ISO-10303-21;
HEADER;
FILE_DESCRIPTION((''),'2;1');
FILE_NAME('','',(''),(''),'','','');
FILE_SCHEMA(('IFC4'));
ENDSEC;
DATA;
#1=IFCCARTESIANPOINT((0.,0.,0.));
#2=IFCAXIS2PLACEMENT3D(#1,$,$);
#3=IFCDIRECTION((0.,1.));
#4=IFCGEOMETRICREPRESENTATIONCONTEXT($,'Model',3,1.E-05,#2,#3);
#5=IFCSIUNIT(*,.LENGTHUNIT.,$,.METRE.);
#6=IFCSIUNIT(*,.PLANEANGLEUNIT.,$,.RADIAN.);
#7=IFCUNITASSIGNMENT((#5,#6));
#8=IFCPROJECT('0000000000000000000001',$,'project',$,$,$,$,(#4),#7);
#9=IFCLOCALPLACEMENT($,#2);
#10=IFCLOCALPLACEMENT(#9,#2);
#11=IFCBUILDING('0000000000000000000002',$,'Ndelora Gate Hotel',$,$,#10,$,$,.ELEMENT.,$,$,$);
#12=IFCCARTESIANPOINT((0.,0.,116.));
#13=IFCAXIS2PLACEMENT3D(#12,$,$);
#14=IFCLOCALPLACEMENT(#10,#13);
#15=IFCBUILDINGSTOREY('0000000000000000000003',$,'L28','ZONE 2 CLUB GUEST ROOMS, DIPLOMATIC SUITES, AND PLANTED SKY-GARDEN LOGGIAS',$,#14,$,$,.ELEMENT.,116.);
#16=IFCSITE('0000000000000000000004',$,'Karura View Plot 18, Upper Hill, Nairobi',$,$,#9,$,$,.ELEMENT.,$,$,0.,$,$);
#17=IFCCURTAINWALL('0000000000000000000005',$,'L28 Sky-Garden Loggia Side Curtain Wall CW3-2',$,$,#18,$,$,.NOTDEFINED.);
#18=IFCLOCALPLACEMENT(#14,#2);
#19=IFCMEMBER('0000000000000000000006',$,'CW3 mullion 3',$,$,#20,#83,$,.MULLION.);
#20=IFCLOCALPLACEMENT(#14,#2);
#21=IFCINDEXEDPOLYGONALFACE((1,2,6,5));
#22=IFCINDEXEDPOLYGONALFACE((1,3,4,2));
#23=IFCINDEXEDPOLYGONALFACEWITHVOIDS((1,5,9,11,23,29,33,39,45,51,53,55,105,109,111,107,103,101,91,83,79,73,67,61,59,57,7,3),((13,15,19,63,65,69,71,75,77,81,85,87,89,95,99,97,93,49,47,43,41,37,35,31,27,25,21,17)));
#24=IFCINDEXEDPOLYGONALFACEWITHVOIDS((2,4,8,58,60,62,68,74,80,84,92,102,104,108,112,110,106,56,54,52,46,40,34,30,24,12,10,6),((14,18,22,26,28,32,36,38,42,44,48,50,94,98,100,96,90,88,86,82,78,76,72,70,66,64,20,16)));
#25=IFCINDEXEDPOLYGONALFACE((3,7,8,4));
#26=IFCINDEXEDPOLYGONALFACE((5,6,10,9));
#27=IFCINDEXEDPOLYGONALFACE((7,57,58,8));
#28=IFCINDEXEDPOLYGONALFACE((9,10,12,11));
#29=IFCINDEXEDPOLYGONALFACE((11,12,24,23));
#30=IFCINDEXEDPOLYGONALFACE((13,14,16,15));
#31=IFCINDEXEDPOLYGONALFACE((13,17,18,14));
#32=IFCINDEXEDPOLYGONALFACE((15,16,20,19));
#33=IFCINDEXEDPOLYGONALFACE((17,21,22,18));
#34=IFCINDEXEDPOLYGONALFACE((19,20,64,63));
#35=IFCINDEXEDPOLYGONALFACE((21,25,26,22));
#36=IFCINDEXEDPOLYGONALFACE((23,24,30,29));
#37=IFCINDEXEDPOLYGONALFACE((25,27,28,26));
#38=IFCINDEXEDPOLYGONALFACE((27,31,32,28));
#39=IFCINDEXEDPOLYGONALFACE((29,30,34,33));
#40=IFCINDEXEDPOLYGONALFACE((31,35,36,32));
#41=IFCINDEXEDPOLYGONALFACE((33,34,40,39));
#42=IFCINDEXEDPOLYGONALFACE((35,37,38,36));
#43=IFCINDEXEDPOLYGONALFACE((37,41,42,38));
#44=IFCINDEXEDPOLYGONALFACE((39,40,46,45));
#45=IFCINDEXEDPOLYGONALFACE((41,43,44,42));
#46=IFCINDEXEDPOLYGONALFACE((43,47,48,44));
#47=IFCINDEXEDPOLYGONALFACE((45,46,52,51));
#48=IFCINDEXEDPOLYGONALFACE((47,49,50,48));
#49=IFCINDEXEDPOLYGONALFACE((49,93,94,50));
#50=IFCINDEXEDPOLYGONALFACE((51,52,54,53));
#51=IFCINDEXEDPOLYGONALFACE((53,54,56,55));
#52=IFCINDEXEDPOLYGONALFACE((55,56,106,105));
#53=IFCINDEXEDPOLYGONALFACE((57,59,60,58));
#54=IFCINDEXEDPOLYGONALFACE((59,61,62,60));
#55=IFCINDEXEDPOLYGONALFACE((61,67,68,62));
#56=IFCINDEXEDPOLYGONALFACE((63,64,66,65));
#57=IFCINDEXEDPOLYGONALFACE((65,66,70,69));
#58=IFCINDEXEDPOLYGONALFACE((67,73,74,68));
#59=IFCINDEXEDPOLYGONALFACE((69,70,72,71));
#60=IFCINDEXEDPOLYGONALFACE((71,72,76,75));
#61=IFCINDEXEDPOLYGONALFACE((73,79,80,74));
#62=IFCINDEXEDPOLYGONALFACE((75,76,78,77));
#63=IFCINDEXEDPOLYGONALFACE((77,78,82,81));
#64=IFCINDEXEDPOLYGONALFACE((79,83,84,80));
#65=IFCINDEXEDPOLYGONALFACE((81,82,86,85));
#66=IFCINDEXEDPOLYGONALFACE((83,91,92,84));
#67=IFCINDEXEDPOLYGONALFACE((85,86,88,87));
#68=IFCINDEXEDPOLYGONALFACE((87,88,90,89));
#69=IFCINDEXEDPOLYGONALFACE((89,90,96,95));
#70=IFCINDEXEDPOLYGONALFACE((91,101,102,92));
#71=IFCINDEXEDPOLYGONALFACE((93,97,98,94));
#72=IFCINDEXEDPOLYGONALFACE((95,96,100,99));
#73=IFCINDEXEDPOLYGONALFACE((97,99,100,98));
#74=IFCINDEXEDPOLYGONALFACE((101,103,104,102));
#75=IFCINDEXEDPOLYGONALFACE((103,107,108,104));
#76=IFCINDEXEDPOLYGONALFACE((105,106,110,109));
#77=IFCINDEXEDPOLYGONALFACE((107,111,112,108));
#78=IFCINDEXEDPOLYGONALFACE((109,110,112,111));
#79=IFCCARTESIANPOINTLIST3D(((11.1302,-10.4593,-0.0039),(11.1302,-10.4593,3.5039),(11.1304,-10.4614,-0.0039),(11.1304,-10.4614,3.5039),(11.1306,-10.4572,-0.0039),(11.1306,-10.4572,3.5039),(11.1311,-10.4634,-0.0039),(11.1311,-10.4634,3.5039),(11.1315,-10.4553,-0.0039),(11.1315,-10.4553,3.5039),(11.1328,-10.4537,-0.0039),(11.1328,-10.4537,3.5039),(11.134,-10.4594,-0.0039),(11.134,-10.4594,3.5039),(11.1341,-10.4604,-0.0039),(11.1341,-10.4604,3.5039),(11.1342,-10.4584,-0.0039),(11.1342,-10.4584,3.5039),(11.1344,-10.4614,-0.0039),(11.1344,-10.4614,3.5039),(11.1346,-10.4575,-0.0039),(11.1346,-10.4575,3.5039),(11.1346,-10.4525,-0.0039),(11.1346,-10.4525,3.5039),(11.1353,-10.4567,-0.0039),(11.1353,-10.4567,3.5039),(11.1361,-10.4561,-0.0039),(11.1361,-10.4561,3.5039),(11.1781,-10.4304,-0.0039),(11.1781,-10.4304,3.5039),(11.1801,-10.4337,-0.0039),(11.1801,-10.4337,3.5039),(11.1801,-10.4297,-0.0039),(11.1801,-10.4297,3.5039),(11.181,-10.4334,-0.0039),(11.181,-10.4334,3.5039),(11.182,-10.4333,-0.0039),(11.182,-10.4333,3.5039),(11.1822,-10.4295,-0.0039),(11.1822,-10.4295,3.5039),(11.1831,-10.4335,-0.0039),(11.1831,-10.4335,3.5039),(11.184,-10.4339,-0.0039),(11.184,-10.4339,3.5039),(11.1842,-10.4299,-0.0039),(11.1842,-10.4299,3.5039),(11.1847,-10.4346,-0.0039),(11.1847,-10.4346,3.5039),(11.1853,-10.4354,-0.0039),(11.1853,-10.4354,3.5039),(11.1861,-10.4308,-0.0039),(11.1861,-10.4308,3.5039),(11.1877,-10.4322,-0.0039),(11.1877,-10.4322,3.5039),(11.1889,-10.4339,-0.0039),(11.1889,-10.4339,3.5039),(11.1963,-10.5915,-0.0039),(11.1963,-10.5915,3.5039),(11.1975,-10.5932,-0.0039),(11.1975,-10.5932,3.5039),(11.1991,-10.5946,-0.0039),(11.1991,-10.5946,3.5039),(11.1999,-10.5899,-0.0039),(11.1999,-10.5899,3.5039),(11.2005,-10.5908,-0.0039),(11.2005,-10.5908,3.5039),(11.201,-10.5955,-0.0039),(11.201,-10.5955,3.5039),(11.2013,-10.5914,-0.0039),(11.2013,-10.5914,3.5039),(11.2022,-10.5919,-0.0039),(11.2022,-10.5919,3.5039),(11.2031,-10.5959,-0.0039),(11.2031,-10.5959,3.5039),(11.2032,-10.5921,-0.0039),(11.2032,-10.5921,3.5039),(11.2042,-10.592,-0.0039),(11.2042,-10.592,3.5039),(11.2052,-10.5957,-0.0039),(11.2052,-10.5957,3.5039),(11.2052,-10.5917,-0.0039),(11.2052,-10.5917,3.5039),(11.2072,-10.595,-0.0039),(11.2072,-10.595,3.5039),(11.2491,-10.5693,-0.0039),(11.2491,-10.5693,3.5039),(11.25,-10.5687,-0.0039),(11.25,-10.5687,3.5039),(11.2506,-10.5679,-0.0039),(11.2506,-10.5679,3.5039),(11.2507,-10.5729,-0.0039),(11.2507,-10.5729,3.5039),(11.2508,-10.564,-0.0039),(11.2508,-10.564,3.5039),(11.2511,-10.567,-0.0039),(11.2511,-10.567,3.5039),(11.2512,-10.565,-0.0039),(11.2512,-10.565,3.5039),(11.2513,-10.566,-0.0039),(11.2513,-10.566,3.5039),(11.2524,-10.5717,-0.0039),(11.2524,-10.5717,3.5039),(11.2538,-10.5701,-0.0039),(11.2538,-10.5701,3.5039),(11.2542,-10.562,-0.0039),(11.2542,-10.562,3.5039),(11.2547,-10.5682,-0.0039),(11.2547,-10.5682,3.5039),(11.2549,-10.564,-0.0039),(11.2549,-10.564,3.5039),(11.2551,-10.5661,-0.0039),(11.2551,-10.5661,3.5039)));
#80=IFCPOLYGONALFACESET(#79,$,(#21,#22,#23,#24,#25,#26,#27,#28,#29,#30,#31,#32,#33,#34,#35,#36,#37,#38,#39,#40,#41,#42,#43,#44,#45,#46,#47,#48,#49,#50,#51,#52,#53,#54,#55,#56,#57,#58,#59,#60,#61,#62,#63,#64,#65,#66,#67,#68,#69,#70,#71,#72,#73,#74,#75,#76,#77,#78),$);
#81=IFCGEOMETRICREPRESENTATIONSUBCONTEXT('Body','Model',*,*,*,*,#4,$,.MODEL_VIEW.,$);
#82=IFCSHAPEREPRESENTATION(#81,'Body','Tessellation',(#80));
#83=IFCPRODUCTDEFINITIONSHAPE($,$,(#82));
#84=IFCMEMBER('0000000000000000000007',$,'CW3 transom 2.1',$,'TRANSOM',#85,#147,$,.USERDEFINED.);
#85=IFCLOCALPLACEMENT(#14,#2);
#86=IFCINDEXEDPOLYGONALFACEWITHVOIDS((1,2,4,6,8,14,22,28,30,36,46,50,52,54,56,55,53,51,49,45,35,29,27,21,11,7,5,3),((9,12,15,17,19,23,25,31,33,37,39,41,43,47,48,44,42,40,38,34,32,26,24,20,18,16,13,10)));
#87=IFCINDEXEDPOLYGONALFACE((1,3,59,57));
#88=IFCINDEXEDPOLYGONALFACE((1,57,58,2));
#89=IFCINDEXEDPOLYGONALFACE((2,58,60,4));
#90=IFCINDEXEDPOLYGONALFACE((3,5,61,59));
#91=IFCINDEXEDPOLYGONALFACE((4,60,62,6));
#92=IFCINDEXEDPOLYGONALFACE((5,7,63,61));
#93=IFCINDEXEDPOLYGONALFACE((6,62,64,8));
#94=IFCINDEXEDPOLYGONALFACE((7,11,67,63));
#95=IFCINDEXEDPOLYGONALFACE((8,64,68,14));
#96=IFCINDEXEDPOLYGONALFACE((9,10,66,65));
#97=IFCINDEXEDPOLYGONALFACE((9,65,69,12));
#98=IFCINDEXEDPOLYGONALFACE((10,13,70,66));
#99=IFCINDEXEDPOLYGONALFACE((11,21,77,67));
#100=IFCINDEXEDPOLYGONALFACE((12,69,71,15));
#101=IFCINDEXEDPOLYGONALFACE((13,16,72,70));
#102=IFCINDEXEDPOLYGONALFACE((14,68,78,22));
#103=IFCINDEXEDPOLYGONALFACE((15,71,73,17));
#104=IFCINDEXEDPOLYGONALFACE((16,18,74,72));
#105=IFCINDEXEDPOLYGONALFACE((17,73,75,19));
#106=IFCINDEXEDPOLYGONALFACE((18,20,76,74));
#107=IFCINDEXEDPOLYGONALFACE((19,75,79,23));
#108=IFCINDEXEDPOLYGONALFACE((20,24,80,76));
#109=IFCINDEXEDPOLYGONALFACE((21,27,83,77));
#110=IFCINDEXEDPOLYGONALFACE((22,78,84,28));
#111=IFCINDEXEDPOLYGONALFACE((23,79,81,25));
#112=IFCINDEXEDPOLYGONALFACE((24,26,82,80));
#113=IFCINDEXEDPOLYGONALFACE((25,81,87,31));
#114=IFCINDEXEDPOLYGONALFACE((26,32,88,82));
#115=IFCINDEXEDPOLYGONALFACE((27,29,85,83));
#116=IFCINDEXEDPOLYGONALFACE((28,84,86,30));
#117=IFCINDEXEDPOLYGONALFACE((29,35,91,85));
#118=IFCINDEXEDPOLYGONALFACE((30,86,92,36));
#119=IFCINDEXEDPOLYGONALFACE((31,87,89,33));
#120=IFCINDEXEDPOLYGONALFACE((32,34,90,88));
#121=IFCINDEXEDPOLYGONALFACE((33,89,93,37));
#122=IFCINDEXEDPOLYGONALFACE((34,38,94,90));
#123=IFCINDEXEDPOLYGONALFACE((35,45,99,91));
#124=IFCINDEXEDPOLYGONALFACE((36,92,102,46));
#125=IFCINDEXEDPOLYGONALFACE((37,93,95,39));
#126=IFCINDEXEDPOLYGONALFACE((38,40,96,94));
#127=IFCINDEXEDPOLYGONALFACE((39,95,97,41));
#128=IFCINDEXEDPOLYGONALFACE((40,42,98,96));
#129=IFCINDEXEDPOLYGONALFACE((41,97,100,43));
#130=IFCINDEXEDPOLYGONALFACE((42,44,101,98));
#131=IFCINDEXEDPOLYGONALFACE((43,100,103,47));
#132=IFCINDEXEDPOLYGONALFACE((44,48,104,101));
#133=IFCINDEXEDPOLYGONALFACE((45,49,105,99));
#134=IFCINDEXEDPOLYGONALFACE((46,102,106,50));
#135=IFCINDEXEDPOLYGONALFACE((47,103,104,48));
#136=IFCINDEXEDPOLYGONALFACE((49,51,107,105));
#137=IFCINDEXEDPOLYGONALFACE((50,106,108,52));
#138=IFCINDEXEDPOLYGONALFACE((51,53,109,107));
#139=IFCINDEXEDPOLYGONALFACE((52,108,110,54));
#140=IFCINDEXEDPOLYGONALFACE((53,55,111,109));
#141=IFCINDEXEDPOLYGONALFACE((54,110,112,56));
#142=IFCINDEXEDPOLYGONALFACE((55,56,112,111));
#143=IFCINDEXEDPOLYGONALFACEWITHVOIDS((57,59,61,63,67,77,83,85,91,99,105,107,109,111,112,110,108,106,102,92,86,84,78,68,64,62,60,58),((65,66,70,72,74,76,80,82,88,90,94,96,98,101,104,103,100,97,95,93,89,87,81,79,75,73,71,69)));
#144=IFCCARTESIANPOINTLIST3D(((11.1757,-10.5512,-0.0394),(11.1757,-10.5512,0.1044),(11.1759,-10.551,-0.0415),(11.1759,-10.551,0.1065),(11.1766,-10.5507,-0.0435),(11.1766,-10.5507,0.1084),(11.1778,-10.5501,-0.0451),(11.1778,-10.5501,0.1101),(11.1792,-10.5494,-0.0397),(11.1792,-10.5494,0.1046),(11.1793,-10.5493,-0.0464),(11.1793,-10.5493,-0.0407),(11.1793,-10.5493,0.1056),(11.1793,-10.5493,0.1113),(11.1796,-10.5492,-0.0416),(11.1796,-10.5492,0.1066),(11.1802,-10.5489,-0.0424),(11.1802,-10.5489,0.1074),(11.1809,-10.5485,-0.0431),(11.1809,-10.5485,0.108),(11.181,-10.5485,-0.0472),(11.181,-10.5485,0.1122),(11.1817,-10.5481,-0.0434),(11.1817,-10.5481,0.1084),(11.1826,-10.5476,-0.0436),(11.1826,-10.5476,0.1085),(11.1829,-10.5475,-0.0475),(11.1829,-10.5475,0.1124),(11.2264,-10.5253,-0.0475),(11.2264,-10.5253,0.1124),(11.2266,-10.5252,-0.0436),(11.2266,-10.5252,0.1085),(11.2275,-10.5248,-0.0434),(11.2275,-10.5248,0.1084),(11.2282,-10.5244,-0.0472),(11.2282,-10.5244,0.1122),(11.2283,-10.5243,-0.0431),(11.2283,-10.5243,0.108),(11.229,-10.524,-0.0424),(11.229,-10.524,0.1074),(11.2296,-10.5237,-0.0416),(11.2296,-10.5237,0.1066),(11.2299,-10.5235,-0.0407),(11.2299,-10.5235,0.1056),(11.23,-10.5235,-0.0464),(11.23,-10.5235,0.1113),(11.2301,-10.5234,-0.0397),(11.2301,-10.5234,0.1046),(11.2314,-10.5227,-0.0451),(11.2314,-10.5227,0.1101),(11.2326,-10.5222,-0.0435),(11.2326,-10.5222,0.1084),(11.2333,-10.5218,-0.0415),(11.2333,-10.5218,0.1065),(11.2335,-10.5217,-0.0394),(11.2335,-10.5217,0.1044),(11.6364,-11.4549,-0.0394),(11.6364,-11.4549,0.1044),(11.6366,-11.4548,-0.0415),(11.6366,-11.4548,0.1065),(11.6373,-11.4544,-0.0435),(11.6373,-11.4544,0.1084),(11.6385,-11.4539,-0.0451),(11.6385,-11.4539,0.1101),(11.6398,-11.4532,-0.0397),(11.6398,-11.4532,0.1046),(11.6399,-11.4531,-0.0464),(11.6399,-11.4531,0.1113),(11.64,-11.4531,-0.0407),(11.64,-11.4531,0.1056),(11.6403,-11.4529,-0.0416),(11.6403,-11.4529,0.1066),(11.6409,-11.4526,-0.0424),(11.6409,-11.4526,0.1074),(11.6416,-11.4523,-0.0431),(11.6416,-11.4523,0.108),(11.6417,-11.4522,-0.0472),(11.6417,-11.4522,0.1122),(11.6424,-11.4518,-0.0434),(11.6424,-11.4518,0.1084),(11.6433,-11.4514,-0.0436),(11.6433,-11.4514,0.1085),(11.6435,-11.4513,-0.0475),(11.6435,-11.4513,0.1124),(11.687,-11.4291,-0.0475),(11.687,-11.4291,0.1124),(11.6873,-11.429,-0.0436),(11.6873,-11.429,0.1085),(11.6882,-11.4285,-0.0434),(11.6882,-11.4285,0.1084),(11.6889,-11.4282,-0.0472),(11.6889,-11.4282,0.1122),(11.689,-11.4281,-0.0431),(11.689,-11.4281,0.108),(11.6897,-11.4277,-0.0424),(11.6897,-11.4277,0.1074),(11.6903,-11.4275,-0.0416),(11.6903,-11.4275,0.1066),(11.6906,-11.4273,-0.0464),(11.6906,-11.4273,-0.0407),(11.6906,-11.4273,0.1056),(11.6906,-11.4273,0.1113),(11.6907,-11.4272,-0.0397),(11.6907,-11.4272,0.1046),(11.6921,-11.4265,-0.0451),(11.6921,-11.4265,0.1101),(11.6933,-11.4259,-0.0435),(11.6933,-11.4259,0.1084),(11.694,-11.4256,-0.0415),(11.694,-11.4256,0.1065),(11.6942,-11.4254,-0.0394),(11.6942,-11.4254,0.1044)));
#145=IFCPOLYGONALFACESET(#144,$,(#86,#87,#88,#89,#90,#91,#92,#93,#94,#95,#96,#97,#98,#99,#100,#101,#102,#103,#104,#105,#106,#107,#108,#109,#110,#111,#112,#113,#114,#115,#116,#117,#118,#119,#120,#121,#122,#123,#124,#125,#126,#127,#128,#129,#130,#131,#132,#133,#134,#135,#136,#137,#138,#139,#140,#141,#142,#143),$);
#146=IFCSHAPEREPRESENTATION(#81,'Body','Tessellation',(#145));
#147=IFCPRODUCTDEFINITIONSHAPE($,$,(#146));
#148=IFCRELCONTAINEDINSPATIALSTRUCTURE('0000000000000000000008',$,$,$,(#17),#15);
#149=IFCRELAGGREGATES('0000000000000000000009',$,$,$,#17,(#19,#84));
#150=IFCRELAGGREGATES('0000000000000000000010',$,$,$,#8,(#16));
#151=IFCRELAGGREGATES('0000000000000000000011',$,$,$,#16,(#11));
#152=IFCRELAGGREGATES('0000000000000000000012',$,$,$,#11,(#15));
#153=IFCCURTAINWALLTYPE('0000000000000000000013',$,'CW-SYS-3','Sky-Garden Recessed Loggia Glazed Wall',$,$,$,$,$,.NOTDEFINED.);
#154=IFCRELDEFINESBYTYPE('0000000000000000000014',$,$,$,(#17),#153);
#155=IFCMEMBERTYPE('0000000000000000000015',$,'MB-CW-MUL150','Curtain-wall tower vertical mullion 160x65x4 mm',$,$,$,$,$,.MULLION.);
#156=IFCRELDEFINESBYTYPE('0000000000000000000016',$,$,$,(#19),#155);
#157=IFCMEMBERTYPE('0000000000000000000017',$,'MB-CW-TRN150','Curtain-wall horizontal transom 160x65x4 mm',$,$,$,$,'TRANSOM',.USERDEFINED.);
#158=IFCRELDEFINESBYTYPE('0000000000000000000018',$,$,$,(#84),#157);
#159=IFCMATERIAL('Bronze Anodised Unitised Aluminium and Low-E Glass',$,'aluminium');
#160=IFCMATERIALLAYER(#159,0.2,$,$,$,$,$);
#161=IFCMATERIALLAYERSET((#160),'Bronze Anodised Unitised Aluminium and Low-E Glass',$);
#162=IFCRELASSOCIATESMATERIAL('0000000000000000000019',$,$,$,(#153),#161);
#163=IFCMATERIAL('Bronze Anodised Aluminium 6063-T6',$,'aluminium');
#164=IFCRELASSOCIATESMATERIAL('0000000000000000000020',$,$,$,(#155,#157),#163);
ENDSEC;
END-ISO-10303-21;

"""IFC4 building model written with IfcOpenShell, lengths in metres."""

from ifc_helpers import new_model, si_unit, direction, frame, origin, origin_2d, place, context, subcontext, project, spatial, hollow_rectangle, extrude, material, layer, layer_set, material_profile, profile_set, type_object, element, aggregate, save


model = new_model("IFC4")

# Units and contexts
model_context = context("Model", 3, precision=1e-05, world=origin(), true_north=direction((0.0, 1.0)))
body_context = subcontext(model_context, "Body", "Model", "MODEL_VIEW")
ifc_project = project(units=[si_unit("LENGTHUNIT", "METRE"), si_unit("PLANEANGLEUNIT", "RADIAN")], contexts=[model_context])

# Site, building, storey
site_placement = place(None, origin())
site = spatial("IfcSite", under=ifc_project, at=site_placement, Name="Karura View Plot 18, Upper Hill, Nairobi", CompositionType="ELEMENT", RefElevation=0.0)
building_placement = place(site_placement, origin())
building = spatial("IfcBuilding", under=site, at=building_placement, Name="Ndelora Gate Hotel", CompositionType="ELEMENT")
storey_placement = place(building_placement, frame((0.0, 0.0, 116.0)))
storey = spatial("IfcBuildingStorey", under=building, at=storey_placement, Name="L28", Description="ZONE 2 CLUB GUEST ROOMS, DIPLOMATIC SUITES, AND PLANTED SKY-GARDEN LOGGIAS", CompositionType="ELEMENT", Elevation=116.0)

# Curtain wall, members
ifc_material_1 = material(Name="Bronze Anodised Unitised Aluminium and Low-E Glass", Category="aluminium")
ifc_layer_1 = layer(ifc_material_1, 0.2)
ifc_layer_set_1 = layer_set([ifc_layer_1], Name="Bronze Anodised Unitised Aluminium and Low-E Glass")
curtain_wall_type = type_object("IfcCurtainWallType", Name="CW-SYS-3", Description="Sky-Garden Recessed Loggia Glazed Wall", PredefinedType="NOTDEFINED", material=ifc_layer_set_1)
curtain_wall_placement = place(storey_placement, origin())
curtain_wall = element("IfcCurtainWall", 1, at=curtain_wall_placement, inside=storey, type_object=curtain_wall_type, Name="L28 Sky-Garden Loggia Side Curtain Wall CW3-2", PredefinedType="NOTDEFINED")
ifc_material_2 = material(Name="Bronze Anodised Aluminium 6063-T6", Category="aluminium")
ifc_material_profile_1 = material_profile(ifc_material_2, hollow_rectangle(XDim=0.0649, YDim=0.1599, WallThickness=0.0039, InnerFilletRadius=0.0039, OuterFilletRadius=0.0081, at=origin_2d()), Name="ALU 160x65x4")
ifc_profile_set_1 = profile_set([ifc_material_profile_1], Name="Bronze Anodised Aluminium 6063-T6")
member_type_1 = type_object("IfcMemberType", Name="MB-CW-MUL150", Description="Curtain-wall tower vertical mullion 160x65x4 mm", PredefinedType="MULLION", material=ifc_profile_set_1)
member_1_placement = place(storey_placement, frame((11.1926, -10.5127, -0.0039), z_axis=(0.0, 0.0, 1.0), x_axis=(-0.891001, -0.454001, 0.0)))
member_1 = element("IfcMember", 2, at=member_1_placement, type_object=member_type_1, Name="CW3 mullion 3", PredefinedType="MULLION", context=body_context, shape_type="SweptSolid", body=[
    extrude(hollow_rectangle(XDim=0.0649, YDim=0.1599, WallThickness=0.0039, InnerFilletRadius=0.0039, OuterFilletRadius=0.0081, at=origin_2d()), origin(), (0.0, 0.0, 1.0), 3.5078),
])
ifc_material_profile_2 = material_profile(ifc_material_2, hollow_rectangle(XDim=0.0649, YDim=0.1599, WallThickness=0.0039, InnerFilletRadius=0.0039, OuterFilletRadius=0.0081, at=origin_2d()), Name="ALU 160x65x4")
ifc_profile_set_2 = profile_set([ifc_material_profile_2], Name="Bronze Anodised Aluminium 6063-T6")
member_type_2 = type_object("IfcMemberType", Name="MB-CW-TRN150", Description="Curtain-wall horizontal transom 160x65x4 mm", ElementType="TRANSOM", PredefinedType="USERDEFINED", material=ifc_profile_set_2)
member_2_placement = place(storey_placement, frame((11.6653, -11.4402, 0.0325), z_axis=(-0.454131, 0.890935, 0.0), x_axis=(-0.890935, -0.454131, 0.0)))
member_2 = element("IfcMember", 3, at=member_2_placement, type_object=member_type_2, Name="CW3 transom 2.1", ObjectType="TRANSOM", PredefinedType="USERDEFINED", context=body_context, shape_type="SweptSolid", body=[
    extrude(hollow_rectangle(XDim=0.0649, YDim=0.1599, WallThickness=0.0039, InnerFilletRadius=0.0039, OuterFilletRadius=0.0081, at=origin_2d()), origin(), (0.0, 0.0, 1.0), 1.0144),
])
aggregate(curtain_wall, [member_1, member_2])

save(model, "model.ifc")
